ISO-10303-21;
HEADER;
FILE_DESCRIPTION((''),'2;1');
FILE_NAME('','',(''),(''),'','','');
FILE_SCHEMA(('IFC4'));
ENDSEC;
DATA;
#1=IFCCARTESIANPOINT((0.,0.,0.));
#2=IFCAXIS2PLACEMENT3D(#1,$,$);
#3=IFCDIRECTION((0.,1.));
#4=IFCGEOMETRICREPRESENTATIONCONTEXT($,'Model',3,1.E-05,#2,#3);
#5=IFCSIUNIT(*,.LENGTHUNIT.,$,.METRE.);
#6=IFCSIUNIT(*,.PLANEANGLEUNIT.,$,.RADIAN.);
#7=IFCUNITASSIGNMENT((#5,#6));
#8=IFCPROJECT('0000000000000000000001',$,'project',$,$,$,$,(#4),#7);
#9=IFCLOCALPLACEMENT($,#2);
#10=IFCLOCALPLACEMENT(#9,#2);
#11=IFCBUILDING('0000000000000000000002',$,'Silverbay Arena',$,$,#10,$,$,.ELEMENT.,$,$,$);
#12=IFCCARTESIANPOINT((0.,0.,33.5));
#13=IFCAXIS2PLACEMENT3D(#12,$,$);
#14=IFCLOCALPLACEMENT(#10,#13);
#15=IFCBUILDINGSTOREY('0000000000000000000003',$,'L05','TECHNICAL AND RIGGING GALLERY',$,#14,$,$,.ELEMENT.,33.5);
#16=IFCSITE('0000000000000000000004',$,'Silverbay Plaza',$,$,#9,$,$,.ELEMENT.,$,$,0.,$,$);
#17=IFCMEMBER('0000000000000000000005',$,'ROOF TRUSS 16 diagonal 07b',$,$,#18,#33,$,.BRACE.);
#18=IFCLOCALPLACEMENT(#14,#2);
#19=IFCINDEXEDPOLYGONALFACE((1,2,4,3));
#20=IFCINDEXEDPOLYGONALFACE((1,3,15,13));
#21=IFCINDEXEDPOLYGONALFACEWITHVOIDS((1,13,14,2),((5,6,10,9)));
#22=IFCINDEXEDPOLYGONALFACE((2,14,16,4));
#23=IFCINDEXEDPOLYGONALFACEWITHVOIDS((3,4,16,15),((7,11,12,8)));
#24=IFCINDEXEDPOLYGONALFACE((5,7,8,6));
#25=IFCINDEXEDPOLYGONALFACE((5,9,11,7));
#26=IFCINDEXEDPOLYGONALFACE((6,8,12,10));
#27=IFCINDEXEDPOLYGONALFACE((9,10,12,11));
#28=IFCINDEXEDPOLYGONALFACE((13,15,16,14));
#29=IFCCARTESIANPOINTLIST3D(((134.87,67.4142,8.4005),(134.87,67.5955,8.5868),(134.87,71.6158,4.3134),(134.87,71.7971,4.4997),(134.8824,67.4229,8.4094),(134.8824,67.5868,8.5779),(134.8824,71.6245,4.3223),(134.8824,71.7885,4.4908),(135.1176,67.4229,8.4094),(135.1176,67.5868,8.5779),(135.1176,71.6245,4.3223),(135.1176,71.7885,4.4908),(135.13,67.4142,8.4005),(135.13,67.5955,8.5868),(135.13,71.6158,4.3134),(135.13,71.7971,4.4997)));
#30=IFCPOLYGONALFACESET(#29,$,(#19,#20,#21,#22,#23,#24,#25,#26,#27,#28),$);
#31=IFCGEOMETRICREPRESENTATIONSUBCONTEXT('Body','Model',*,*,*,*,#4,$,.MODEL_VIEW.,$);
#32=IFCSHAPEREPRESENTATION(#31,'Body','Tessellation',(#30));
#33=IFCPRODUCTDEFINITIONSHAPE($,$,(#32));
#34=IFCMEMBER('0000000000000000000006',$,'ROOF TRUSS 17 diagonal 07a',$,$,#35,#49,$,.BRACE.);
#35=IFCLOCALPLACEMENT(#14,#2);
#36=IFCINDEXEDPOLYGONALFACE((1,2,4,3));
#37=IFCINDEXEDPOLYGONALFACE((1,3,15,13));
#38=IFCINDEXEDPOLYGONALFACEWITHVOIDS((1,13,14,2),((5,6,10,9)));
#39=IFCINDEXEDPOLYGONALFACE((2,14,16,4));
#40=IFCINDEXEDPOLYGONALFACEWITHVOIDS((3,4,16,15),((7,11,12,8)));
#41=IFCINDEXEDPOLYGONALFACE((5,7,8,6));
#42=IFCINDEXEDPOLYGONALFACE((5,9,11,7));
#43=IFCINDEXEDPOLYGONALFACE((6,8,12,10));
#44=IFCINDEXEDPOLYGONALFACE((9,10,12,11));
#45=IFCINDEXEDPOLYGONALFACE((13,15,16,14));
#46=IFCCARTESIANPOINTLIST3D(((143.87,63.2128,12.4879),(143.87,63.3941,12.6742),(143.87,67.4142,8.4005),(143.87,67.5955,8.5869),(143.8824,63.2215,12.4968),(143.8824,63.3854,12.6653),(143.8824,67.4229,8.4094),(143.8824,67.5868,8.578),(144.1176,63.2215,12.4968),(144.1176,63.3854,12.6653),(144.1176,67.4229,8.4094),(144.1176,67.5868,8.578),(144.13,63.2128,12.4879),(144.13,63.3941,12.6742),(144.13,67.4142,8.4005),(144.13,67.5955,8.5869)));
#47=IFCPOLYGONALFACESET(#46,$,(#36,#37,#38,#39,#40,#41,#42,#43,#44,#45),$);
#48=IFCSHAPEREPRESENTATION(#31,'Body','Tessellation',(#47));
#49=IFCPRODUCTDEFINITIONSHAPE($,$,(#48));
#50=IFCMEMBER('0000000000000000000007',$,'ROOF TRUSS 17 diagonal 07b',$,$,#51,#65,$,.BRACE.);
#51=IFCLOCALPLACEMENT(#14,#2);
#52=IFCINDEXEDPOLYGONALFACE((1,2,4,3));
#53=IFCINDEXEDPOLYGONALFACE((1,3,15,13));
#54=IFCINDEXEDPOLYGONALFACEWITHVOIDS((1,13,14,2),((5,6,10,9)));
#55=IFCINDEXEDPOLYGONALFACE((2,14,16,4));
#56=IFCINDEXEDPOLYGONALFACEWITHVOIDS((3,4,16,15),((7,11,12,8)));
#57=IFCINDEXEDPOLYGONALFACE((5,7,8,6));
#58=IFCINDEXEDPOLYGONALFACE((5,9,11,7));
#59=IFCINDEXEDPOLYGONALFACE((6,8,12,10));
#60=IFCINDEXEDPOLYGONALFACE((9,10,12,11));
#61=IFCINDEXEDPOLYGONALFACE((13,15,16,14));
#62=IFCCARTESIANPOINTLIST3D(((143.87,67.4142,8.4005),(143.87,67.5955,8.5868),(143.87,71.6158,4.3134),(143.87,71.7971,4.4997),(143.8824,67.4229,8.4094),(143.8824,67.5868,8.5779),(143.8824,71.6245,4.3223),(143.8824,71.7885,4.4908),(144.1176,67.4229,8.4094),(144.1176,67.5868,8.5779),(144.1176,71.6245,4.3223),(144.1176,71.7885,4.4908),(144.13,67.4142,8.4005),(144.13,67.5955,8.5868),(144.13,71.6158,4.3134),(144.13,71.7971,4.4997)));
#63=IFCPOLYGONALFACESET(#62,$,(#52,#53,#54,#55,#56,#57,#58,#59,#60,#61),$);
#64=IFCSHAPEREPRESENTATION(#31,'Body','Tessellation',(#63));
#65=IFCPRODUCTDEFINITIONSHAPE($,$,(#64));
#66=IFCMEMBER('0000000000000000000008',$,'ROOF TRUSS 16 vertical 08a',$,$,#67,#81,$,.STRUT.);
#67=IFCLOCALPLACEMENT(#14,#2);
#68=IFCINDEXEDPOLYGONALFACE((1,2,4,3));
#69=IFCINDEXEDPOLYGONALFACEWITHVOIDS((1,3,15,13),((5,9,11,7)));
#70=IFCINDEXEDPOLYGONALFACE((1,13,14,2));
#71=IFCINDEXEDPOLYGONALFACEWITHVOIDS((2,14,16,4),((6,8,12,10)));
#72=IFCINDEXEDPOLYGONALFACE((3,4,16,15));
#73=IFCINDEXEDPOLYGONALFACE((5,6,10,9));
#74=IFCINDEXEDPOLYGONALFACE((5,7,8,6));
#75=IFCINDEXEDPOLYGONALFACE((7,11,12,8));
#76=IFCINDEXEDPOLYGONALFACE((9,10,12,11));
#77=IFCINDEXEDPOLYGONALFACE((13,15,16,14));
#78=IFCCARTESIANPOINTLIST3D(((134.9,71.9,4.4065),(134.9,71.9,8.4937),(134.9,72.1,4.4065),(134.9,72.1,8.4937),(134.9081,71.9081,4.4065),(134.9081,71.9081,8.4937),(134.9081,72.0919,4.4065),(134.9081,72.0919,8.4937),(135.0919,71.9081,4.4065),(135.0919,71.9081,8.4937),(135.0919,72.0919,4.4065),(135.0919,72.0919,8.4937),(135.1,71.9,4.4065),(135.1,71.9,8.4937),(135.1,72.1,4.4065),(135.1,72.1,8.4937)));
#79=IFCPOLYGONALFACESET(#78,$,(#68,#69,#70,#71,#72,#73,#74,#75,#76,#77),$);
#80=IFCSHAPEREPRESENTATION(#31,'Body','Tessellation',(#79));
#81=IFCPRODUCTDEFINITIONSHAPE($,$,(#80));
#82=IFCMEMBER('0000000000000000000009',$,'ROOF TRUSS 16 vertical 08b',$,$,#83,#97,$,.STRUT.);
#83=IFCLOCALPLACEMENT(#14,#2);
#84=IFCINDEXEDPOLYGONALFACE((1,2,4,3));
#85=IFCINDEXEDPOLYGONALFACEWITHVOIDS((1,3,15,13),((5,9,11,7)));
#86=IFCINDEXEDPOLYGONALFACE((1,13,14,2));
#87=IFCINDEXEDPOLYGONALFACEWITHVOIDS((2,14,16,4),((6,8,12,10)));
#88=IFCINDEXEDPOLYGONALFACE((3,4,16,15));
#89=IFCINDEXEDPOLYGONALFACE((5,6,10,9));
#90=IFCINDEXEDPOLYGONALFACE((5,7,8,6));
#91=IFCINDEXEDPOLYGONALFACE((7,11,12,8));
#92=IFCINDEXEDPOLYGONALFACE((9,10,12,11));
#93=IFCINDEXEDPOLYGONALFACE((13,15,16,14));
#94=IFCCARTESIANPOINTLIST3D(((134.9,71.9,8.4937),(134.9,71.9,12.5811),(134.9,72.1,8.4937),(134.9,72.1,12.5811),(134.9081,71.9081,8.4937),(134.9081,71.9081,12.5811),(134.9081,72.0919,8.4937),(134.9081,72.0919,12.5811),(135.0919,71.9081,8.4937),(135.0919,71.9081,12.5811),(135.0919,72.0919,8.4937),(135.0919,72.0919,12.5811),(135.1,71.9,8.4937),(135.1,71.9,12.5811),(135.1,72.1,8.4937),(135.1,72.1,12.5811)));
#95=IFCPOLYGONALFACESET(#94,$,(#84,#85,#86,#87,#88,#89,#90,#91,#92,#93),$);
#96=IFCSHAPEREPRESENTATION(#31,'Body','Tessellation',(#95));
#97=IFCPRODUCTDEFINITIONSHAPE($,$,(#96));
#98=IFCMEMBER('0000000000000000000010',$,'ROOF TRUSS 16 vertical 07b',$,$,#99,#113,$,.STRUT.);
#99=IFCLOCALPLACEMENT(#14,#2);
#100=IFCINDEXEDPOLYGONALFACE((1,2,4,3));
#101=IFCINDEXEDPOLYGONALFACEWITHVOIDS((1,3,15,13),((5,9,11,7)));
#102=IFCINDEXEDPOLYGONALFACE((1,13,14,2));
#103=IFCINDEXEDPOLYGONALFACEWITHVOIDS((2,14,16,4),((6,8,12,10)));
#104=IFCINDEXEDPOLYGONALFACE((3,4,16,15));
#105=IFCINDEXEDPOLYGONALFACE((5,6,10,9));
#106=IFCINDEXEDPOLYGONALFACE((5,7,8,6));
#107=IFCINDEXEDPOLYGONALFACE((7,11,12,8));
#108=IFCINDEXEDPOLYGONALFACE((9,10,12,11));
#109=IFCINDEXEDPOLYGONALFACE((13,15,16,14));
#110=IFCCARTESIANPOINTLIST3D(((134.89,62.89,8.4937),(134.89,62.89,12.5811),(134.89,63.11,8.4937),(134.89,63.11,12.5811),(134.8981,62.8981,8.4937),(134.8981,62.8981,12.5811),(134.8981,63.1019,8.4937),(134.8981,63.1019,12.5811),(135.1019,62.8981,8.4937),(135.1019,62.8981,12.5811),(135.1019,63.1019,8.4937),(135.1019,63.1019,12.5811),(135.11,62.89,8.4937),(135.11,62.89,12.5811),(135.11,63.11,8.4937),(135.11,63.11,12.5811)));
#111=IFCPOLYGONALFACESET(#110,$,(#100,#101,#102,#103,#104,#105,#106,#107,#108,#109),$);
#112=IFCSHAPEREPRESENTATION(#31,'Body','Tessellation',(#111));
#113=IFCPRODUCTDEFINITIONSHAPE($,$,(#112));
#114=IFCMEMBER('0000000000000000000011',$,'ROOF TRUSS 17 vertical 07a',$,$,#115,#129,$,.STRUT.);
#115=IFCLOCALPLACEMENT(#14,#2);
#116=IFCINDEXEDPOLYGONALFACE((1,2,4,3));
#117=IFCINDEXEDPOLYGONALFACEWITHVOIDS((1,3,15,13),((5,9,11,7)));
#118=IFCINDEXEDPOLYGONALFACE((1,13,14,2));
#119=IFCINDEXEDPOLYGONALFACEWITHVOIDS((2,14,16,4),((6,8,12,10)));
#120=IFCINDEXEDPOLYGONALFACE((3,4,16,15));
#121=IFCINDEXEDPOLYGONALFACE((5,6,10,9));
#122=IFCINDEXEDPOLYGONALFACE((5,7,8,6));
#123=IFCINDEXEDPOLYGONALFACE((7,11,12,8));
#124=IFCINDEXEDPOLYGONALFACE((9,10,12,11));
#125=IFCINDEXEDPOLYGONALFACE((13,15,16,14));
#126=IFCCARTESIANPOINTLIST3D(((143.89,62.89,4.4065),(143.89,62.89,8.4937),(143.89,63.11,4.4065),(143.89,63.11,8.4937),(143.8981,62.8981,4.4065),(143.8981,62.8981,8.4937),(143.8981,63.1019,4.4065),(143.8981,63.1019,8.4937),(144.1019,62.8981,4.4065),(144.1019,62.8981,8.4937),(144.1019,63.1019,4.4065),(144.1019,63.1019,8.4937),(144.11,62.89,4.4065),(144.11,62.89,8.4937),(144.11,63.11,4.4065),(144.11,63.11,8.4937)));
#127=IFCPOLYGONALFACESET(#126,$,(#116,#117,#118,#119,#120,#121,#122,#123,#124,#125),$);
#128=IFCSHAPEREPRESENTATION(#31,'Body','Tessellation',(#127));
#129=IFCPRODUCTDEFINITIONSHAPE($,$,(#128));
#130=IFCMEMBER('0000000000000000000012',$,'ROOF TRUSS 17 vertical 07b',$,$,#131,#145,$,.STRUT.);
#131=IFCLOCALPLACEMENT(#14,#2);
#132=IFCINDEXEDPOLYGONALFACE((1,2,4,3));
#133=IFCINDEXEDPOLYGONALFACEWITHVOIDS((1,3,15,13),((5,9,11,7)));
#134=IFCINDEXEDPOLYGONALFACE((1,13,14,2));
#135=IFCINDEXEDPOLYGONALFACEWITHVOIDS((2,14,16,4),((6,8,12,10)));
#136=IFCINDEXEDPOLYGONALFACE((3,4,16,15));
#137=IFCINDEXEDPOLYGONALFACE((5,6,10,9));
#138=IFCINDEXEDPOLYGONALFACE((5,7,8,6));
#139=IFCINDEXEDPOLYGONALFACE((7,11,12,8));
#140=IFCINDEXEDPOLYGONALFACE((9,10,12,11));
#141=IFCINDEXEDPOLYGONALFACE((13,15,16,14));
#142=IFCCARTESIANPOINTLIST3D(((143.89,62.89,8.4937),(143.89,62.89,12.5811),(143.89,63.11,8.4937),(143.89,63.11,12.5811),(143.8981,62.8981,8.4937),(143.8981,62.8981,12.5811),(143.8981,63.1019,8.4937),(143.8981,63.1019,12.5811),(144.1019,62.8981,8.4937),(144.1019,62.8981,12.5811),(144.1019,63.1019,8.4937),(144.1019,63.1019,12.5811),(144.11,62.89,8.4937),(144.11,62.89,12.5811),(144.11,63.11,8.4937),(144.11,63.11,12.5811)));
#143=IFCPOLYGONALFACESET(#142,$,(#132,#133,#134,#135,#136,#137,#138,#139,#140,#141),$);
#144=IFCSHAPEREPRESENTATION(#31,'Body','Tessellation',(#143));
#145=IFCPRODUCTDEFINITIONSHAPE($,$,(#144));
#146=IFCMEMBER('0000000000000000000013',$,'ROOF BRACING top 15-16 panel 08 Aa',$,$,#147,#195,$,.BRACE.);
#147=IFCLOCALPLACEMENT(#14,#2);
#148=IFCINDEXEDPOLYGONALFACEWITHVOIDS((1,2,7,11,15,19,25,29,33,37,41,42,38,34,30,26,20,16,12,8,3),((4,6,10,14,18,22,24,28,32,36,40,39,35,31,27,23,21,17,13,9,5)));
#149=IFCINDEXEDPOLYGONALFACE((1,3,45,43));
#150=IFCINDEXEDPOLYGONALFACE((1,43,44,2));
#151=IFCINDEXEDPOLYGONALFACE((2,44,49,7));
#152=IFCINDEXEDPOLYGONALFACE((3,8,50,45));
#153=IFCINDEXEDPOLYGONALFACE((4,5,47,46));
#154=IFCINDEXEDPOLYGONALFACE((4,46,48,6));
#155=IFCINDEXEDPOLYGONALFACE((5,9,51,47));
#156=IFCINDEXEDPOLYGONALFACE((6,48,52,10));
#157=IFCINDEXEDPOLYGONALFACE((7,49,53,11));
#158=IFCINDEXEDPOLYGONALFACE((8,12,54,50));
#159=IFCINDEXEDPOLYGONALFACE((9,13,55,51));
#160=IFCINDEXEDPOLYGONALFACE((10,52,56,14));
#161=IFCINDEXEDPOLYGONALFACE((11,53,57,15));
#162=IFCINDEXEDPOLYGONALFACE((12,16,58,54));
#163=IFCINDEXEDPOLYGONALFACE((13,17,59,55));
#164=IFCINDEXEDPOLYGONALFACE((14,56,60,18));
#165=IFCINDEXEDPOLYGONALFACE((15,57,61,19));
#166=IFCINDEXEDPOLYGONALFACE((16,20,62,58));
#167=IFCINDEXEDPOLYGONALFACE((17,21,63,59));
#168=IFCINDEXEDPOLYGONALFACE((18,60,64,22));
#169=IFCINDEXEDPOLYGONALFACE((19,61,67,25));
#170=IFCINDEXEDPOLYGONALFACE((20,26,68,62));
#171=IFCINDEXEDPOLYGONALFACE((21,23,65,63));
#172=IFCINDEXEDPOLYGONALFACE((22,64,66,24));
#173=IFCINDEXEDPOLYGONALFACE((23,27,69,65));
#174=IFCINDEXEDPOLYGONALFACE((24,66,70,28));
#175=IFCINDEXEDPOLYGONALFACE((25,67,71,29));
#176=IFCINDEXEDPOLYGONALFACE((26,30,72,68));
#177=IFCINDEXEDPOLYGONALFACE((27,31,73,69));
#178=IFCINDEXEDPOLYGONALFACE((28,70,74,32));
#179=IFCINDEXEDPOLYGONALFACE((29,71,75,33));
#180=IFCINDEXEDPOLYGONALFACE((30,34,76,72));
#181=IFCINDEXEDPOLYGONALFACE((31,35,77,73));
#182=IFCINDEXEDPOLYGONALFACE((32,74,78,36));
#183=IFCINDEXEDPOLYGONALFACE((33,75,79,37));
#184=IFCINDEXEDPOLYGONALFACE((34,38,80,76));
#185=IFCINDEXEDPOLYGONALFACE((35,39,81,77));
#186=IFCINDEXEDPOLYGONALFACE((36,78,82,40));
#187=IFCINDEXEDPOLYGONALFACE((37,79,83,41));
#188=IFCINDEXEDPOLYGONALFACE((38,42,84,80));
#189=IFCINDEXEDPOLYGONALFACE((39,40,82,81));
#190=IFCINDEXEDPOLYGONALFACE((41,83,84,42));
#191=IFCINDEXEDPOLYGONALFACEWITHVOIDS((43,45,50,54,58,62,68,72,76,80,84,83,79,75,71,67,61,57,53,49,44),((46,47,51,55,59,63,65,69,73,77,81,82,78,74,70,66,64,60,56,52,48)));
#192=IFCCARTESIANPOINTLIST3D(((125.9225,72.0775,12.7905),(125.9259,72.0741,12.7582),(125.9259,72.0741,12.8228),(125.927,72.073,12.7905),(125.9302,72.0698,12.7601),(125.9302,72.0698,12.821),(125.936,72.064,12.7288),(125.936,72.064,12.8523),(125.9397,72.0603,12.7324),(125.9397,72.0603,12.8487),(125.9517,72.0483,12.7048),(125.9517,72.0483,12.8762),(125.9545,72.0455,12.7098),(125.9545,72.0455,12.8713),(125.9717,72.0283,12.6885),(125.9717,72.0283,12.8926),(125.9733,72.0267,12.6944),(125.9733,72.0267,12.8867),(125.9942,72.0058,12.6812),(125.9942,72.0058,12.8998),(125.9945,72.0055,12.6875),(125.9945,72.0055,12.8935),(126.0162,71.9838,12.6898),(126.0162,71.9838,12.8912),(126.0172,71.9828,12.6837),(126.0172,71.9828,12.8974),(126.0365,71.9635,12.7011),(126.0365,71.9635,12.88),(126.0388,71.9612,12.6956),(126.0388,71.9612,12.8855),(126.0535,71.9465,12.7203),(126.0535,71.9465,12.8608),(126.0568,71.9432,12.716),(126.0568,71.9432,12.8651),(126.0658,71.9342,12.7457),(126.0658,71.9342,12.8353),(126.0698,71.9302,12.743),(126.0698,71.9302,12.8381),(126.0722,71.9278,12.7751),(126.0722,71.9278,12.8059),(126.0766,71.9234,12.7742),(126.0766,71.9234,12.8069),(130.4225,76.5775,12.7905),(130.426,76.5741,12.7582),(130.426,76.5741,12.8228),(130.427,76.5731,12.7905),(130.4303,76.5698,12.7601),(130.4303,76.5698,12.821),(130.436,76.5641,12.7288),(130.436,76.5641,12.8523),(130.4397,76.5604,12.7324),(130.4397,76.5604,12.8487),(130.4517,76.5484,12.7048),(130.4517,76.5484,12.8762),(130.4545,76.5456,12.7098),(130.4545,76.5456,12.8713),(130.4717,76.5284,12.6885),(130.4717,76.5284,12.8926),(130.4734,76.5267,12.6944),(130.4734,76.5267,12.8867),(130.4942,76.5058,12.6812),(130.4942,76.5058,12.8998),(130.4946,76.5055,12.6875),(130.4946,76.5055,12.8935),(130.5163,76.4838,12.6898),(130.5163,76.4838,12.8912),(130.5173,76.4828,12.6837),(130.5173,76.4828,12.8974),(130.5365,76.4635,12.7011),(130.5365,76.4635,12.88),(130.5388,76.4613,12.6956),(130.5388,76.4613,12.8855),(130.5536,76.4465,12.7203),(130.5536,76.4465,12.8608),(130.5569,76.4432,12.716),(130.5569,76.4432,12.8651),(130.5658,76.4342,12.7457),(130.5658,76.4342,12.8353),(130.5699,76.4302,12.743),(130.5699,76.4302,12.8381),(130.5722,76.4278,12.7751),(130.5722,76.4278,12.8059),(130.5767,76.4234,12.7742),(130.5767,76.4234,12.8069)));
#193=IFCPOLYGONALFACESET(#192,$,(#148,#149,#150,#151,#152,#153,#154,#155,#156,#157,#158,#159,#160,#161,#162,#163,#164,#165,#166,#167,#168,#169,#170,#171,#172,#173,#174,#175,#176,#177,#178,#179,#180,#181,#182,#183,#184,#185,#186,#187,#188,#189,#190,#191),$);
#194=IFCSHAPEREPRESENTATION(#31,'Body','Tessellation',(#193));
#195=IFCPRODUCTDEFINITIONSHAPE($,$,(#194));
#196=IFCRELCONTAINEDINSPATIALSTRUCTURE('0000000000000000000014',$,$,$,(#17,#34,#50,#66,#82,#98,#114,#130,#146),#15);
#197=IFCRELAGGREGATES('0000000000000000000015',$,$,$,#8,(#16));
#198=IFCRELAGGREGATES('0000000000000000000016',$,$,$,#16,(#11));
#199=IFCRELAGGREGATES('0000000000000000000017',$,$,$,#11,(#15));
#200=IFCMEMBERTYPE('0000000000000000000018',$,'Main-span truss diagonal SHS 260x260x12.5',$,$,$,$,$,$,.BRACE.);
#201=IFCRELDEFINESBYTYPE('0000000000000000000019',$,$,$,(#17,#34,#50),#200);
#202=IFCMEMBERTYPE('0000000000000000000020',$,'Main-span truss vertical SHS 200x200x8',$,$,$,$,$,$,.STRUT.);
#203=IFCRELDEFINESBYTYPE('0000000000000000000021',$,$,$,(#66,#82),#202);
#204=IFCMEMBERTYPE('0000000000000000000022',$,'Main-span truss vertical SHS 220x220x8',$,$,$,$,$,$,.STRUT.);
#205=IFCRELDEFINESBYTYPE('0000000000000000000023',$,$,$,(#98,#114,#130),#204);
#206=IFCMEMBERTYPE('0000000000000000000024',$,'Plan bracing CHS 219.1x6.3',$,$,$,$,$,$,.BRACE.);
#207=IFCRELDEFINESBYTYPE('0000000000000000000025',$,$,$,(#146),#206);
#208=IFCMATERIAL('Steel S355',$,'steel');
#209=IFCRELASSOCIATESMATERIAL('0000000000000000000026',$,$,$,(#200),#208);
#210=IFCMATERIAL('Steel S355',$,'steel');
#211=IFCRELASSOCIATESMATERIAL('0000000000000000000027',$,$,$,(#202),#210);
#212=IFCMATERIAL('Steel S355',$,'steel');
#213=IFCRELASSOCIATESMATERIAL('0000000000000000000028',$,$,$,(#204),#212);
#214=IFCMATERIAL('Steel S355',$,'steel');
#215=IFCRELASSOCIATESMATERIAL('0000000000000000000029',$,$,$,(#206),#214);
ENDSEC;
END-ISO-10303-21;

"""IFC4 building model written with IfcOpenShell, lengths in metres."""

from ifc_helpers import new_model, si_unit, direction, frame, origin, origin_2d, place, context, subcontext, project, spatial, hollow_rectangle, hollow_circle, extrude, material, material_profile, profile_set, type_object, element, save


model = new_model("IFC4")

# Units and contexts
model_context = context("Model", 3, precision=1e-05, world=origin(), true_north=direction((0.0, 1.0)))
body_context = subcontext(model_context, "Body", "Model", "MODEL_VIEW")
ifc_project = project(units=[si_unit("LENGTHUNIT", "METRE"), si_unit("PLANEANGLEUNIT", "RADIAN")], contexts=[model_context])

# Site, building, storey
site_placement = place(None, origin())
site = spatial("IfcSite", under=ifc_project, at=site_placement, Name="Silverbay Plaza", CompositionType="ELEMENT", RefElevation=0.0)
building_placement = place(site_placement, origin())
building = spatial("IfcBuilding", under=site, at=building_placement, Name="Silverbay Arena", CompositionType="ELEMENT")
storey_placement = place(building_placement, frame((0.0, 0.0, 33.5)))
storey = spatial("IfcBuildingStorey", under=building, at=storey_placement, Name="L05", Description="TECHNICAL AND RIGGING GALLERY", CompositionType="ELEMENT", Elevation=33.5)

# Members
ifc_material_1 = material(Name="Steel S355", Category="steel")
ifc_material_profile_1 = material_profile(ifc_material_1, hollow_rectangle(XDim=0.26, YDim=0.26, WallThickness=0.0125, at=origin_2d()), Name="SHS 260x260x12.5")
ifc_profile_set_1 = profile_set([ifc_material_profile_1], Name="Steel S355")
member_type_1 = type_object("IfcMemberType", Name="Main-span truss diagonal SHS 260x260x12.5", PredefinedType="BRACE", material=ifc_profile_set_1)
for number, where, z_axis, x_axis, name in (
    (1, (135.0, 67.5049, 8.4937), (0.0, 0.716806, -0.697272), (-1.0, 0.0, 0.0), "ROOF TRUSS 16 diagonal 07b"),
    (2, (144.0, 63.3035, 12.5811), (0.0, 0.716765, -0.697314), (-1.0, 0.0, 0.0), "ROOF TRUSS 17 diagonal 07a"),
    (3, (144.0, 67.5049, 8.4937), (0.0, 0.716806, -0.697272), (-1.0, 0.0, 0.0), "ROOF TRUSS 17 diagonal 07b"),
):
    element("IfcMember", number, at=place(storey_placement, frame(where, z_axis=z_axis, x_axis=x_axis)), inside=storey, type_object=member_type_1, Name=name, PredefinedType="BRACE", context=body_context, shape_type="SweptSolid", body=[
        extrude(hollow_rectangle(XDim=0.26, YDim=0.26, WallThickness=0.0125, at=origin_2d()), origin(), (0.0, 0.0, 1.0), 5.8616),
    ])
ifc_material_2 = material(Name="Steel S355", Category="steel")
ifc_material_profile_2 = material_profile(ifc_material_2, hollow_rectangle(XDim=0.2, YDim=0.2, WallThickness=0.0081, at=origin_2d()), Name="SHS 200x200x8")
ifc_profile_set_2 = profile_set([ifc_material_profile_2], Name="Steel S355")
member_type_2 = type_object("IfcMemberType", Name="Main-span truss vertical SHS 200x200x8", PredefinedType="STRUT", material=ifc_profile_set_2)
member_1_placement = place(storey_placement, frame((135.0, 72.0, 4.4065), z_axis=(0.0, 0.0, 1.0), x_axis=(1.0, 0.0, 0.0)))
element("IfcMember", 4, at=member_1_placement, inside=storey, type_object=member_type_2, Name="ROOF TRUSS 16 vertical 08a", PredefinedType="STRUT", context=body_context, shape_type="SweptSolid", body=[
    extrude(hollow_rectangle(XDim=0.2, YDim=0.2, WallThickness=0.0081, at=origin_2d()), origin(), (0.0, 0.0, 1.0), 4.0872),
])
member_2_placement = place(storey_placement, frame((135.0, 72.0, 8.4937), z_axis=(0.0, 0.0, 1.0), x_axis=(1.0, 0.0, 0.0)))
element("IfcMember", 5, at=member_2_placement, inside=storey, type_object=member_type_2, Name="ROOF TRUSS 16 vertical 08b", PredefinedType="STRUT", context=body_context, shape_type="SweptSolid", body=[
    extrude(hollow_rectangle(XDim=0.2, YDim=0.2, WallThickness=0.0081, at=origin_2d()), origin(), (0.0, 0.0, 1.0), 4.0874),
])
ifc_material_3 = material(Name="Steel S355", Category="steel")
ifc_material_profile_3 = material_profile(ifc_material_3, hollow_rectangle(XDim=0.22, YDim=0.22, WallThickness=0.0081, at=origin_2d()), Name="SHS 220x220x8")
ifc_profile_set_3 = profile_set([ifc_material_profile_3], Name="Steel S355")
member_type_3 = type_object("IfcMemberType", Name="Main-span truss vertical SHS 220x220x8", PredefinedType="STRUT", material=ifc_profile_set_3)
member_3_placement = place(storey_placement, frame((135.0, 63.0, 8.4937), z_axis=(0.0, 0.0, 1.0), x_axis=(1.0, 0.0, 0.0)))
element("IfcMember", 6, at=member_3_placement, inside=storey, type_object=member_type_3, Name="ROOF TRUSS 16 vertical 07b", PredefinedType="STRUT", context=body_context, shape_type="SweptSolid", body=[
    extrude(hollow_rectangle(XDim=0.22, YDim=0.22, WallThickness=0.0081, at=origin_2d()), origin(), (0.0, 0.0, 1.0), 4.0874),
])
member_4_placement = place(storey_placement, frame((144.0, 63.0, 4.4065), z_axis=(0.0, 0.0, 1.0), x_axis=(1.0, 0.0, 0.0)))
element("IfcMember", 7, at=member_4_placement, inside=storey, type_object=member_type_3, Name="ROOF TRUSS 17 vertical 07a", PredefinedType="STRUT", context=body_context, shape_type="SweptSolid", body=[
    extrude(hollow_rectangle(XDim=0.22, YDim=0.22, WallThickness=0.0081, at=origin_2d()), origin(), (0.0, 0.0, 1.0), 4.0872),
])
member_5_placement = place(storey_placement, frame((144.0, 63.0, 8.4937), z_axis=(0.0, 0.0, 1.0), x_axis=(1.0, 0.0, 0.0)))
element("IfcMember", 8, at=member_5_placement, inside=storey, type_object=member_type_3, Name="ROOF TRUSS 17 vertical 07b", PredefinedType="STRUT", context=body_context, shape_type="SweptSolid", body=[
    extrude(hollow_rectangle(XDim=0.22, YDim=0.22, WallThickness=0.0081, at=origin_2d()), origin(), (0.0, 0.0, 1.0), 4.0874),
])
ifc_material_4 = material(Name="Steel S355", Category="steel")
ifc_material_profile_4 = material_profile(ifc_material_4, hollow_circle(Radius=0.1096, WallThickness=0.0063, at=origin_2d()), Name="CHS 219.1x6.3")
ifc_profile_set_4 = profile_set([ifc_material_profile_4], Name="Steel S355")
member_type_4 = type_object("IfcMemberType", Name="Plan bracing CHS 219.1x6.3", PredefinedType="BRACE", material=ifc_profile_set_4)
for number, where, z_axis, x_axis, name in (
    (9, (126.0, 72.0, 12.7905), (0.707107, 0.707107, 0.0), (-0.707107, 0.707107, 0.0), "ROOF BRACING top 15-16 panel 08 Aa"),
):
    element("IfcMember", number, at=place(storey_placement, frame(where, z_axis=z_axis, x_axis=x_axis)), inside=storey, type_object=member_type_4, Name=name, PredefinedType="BRACE", context=body_context, shape_type="SweptSolid", body=[
        extrude(hollow_circle(Radius=0.1096, WallThickness=0.0063, at=origin_2d()), origin(), (0.0, 0.0, 1.0), 6.364),
    ])

save(model, "model.ifc")
